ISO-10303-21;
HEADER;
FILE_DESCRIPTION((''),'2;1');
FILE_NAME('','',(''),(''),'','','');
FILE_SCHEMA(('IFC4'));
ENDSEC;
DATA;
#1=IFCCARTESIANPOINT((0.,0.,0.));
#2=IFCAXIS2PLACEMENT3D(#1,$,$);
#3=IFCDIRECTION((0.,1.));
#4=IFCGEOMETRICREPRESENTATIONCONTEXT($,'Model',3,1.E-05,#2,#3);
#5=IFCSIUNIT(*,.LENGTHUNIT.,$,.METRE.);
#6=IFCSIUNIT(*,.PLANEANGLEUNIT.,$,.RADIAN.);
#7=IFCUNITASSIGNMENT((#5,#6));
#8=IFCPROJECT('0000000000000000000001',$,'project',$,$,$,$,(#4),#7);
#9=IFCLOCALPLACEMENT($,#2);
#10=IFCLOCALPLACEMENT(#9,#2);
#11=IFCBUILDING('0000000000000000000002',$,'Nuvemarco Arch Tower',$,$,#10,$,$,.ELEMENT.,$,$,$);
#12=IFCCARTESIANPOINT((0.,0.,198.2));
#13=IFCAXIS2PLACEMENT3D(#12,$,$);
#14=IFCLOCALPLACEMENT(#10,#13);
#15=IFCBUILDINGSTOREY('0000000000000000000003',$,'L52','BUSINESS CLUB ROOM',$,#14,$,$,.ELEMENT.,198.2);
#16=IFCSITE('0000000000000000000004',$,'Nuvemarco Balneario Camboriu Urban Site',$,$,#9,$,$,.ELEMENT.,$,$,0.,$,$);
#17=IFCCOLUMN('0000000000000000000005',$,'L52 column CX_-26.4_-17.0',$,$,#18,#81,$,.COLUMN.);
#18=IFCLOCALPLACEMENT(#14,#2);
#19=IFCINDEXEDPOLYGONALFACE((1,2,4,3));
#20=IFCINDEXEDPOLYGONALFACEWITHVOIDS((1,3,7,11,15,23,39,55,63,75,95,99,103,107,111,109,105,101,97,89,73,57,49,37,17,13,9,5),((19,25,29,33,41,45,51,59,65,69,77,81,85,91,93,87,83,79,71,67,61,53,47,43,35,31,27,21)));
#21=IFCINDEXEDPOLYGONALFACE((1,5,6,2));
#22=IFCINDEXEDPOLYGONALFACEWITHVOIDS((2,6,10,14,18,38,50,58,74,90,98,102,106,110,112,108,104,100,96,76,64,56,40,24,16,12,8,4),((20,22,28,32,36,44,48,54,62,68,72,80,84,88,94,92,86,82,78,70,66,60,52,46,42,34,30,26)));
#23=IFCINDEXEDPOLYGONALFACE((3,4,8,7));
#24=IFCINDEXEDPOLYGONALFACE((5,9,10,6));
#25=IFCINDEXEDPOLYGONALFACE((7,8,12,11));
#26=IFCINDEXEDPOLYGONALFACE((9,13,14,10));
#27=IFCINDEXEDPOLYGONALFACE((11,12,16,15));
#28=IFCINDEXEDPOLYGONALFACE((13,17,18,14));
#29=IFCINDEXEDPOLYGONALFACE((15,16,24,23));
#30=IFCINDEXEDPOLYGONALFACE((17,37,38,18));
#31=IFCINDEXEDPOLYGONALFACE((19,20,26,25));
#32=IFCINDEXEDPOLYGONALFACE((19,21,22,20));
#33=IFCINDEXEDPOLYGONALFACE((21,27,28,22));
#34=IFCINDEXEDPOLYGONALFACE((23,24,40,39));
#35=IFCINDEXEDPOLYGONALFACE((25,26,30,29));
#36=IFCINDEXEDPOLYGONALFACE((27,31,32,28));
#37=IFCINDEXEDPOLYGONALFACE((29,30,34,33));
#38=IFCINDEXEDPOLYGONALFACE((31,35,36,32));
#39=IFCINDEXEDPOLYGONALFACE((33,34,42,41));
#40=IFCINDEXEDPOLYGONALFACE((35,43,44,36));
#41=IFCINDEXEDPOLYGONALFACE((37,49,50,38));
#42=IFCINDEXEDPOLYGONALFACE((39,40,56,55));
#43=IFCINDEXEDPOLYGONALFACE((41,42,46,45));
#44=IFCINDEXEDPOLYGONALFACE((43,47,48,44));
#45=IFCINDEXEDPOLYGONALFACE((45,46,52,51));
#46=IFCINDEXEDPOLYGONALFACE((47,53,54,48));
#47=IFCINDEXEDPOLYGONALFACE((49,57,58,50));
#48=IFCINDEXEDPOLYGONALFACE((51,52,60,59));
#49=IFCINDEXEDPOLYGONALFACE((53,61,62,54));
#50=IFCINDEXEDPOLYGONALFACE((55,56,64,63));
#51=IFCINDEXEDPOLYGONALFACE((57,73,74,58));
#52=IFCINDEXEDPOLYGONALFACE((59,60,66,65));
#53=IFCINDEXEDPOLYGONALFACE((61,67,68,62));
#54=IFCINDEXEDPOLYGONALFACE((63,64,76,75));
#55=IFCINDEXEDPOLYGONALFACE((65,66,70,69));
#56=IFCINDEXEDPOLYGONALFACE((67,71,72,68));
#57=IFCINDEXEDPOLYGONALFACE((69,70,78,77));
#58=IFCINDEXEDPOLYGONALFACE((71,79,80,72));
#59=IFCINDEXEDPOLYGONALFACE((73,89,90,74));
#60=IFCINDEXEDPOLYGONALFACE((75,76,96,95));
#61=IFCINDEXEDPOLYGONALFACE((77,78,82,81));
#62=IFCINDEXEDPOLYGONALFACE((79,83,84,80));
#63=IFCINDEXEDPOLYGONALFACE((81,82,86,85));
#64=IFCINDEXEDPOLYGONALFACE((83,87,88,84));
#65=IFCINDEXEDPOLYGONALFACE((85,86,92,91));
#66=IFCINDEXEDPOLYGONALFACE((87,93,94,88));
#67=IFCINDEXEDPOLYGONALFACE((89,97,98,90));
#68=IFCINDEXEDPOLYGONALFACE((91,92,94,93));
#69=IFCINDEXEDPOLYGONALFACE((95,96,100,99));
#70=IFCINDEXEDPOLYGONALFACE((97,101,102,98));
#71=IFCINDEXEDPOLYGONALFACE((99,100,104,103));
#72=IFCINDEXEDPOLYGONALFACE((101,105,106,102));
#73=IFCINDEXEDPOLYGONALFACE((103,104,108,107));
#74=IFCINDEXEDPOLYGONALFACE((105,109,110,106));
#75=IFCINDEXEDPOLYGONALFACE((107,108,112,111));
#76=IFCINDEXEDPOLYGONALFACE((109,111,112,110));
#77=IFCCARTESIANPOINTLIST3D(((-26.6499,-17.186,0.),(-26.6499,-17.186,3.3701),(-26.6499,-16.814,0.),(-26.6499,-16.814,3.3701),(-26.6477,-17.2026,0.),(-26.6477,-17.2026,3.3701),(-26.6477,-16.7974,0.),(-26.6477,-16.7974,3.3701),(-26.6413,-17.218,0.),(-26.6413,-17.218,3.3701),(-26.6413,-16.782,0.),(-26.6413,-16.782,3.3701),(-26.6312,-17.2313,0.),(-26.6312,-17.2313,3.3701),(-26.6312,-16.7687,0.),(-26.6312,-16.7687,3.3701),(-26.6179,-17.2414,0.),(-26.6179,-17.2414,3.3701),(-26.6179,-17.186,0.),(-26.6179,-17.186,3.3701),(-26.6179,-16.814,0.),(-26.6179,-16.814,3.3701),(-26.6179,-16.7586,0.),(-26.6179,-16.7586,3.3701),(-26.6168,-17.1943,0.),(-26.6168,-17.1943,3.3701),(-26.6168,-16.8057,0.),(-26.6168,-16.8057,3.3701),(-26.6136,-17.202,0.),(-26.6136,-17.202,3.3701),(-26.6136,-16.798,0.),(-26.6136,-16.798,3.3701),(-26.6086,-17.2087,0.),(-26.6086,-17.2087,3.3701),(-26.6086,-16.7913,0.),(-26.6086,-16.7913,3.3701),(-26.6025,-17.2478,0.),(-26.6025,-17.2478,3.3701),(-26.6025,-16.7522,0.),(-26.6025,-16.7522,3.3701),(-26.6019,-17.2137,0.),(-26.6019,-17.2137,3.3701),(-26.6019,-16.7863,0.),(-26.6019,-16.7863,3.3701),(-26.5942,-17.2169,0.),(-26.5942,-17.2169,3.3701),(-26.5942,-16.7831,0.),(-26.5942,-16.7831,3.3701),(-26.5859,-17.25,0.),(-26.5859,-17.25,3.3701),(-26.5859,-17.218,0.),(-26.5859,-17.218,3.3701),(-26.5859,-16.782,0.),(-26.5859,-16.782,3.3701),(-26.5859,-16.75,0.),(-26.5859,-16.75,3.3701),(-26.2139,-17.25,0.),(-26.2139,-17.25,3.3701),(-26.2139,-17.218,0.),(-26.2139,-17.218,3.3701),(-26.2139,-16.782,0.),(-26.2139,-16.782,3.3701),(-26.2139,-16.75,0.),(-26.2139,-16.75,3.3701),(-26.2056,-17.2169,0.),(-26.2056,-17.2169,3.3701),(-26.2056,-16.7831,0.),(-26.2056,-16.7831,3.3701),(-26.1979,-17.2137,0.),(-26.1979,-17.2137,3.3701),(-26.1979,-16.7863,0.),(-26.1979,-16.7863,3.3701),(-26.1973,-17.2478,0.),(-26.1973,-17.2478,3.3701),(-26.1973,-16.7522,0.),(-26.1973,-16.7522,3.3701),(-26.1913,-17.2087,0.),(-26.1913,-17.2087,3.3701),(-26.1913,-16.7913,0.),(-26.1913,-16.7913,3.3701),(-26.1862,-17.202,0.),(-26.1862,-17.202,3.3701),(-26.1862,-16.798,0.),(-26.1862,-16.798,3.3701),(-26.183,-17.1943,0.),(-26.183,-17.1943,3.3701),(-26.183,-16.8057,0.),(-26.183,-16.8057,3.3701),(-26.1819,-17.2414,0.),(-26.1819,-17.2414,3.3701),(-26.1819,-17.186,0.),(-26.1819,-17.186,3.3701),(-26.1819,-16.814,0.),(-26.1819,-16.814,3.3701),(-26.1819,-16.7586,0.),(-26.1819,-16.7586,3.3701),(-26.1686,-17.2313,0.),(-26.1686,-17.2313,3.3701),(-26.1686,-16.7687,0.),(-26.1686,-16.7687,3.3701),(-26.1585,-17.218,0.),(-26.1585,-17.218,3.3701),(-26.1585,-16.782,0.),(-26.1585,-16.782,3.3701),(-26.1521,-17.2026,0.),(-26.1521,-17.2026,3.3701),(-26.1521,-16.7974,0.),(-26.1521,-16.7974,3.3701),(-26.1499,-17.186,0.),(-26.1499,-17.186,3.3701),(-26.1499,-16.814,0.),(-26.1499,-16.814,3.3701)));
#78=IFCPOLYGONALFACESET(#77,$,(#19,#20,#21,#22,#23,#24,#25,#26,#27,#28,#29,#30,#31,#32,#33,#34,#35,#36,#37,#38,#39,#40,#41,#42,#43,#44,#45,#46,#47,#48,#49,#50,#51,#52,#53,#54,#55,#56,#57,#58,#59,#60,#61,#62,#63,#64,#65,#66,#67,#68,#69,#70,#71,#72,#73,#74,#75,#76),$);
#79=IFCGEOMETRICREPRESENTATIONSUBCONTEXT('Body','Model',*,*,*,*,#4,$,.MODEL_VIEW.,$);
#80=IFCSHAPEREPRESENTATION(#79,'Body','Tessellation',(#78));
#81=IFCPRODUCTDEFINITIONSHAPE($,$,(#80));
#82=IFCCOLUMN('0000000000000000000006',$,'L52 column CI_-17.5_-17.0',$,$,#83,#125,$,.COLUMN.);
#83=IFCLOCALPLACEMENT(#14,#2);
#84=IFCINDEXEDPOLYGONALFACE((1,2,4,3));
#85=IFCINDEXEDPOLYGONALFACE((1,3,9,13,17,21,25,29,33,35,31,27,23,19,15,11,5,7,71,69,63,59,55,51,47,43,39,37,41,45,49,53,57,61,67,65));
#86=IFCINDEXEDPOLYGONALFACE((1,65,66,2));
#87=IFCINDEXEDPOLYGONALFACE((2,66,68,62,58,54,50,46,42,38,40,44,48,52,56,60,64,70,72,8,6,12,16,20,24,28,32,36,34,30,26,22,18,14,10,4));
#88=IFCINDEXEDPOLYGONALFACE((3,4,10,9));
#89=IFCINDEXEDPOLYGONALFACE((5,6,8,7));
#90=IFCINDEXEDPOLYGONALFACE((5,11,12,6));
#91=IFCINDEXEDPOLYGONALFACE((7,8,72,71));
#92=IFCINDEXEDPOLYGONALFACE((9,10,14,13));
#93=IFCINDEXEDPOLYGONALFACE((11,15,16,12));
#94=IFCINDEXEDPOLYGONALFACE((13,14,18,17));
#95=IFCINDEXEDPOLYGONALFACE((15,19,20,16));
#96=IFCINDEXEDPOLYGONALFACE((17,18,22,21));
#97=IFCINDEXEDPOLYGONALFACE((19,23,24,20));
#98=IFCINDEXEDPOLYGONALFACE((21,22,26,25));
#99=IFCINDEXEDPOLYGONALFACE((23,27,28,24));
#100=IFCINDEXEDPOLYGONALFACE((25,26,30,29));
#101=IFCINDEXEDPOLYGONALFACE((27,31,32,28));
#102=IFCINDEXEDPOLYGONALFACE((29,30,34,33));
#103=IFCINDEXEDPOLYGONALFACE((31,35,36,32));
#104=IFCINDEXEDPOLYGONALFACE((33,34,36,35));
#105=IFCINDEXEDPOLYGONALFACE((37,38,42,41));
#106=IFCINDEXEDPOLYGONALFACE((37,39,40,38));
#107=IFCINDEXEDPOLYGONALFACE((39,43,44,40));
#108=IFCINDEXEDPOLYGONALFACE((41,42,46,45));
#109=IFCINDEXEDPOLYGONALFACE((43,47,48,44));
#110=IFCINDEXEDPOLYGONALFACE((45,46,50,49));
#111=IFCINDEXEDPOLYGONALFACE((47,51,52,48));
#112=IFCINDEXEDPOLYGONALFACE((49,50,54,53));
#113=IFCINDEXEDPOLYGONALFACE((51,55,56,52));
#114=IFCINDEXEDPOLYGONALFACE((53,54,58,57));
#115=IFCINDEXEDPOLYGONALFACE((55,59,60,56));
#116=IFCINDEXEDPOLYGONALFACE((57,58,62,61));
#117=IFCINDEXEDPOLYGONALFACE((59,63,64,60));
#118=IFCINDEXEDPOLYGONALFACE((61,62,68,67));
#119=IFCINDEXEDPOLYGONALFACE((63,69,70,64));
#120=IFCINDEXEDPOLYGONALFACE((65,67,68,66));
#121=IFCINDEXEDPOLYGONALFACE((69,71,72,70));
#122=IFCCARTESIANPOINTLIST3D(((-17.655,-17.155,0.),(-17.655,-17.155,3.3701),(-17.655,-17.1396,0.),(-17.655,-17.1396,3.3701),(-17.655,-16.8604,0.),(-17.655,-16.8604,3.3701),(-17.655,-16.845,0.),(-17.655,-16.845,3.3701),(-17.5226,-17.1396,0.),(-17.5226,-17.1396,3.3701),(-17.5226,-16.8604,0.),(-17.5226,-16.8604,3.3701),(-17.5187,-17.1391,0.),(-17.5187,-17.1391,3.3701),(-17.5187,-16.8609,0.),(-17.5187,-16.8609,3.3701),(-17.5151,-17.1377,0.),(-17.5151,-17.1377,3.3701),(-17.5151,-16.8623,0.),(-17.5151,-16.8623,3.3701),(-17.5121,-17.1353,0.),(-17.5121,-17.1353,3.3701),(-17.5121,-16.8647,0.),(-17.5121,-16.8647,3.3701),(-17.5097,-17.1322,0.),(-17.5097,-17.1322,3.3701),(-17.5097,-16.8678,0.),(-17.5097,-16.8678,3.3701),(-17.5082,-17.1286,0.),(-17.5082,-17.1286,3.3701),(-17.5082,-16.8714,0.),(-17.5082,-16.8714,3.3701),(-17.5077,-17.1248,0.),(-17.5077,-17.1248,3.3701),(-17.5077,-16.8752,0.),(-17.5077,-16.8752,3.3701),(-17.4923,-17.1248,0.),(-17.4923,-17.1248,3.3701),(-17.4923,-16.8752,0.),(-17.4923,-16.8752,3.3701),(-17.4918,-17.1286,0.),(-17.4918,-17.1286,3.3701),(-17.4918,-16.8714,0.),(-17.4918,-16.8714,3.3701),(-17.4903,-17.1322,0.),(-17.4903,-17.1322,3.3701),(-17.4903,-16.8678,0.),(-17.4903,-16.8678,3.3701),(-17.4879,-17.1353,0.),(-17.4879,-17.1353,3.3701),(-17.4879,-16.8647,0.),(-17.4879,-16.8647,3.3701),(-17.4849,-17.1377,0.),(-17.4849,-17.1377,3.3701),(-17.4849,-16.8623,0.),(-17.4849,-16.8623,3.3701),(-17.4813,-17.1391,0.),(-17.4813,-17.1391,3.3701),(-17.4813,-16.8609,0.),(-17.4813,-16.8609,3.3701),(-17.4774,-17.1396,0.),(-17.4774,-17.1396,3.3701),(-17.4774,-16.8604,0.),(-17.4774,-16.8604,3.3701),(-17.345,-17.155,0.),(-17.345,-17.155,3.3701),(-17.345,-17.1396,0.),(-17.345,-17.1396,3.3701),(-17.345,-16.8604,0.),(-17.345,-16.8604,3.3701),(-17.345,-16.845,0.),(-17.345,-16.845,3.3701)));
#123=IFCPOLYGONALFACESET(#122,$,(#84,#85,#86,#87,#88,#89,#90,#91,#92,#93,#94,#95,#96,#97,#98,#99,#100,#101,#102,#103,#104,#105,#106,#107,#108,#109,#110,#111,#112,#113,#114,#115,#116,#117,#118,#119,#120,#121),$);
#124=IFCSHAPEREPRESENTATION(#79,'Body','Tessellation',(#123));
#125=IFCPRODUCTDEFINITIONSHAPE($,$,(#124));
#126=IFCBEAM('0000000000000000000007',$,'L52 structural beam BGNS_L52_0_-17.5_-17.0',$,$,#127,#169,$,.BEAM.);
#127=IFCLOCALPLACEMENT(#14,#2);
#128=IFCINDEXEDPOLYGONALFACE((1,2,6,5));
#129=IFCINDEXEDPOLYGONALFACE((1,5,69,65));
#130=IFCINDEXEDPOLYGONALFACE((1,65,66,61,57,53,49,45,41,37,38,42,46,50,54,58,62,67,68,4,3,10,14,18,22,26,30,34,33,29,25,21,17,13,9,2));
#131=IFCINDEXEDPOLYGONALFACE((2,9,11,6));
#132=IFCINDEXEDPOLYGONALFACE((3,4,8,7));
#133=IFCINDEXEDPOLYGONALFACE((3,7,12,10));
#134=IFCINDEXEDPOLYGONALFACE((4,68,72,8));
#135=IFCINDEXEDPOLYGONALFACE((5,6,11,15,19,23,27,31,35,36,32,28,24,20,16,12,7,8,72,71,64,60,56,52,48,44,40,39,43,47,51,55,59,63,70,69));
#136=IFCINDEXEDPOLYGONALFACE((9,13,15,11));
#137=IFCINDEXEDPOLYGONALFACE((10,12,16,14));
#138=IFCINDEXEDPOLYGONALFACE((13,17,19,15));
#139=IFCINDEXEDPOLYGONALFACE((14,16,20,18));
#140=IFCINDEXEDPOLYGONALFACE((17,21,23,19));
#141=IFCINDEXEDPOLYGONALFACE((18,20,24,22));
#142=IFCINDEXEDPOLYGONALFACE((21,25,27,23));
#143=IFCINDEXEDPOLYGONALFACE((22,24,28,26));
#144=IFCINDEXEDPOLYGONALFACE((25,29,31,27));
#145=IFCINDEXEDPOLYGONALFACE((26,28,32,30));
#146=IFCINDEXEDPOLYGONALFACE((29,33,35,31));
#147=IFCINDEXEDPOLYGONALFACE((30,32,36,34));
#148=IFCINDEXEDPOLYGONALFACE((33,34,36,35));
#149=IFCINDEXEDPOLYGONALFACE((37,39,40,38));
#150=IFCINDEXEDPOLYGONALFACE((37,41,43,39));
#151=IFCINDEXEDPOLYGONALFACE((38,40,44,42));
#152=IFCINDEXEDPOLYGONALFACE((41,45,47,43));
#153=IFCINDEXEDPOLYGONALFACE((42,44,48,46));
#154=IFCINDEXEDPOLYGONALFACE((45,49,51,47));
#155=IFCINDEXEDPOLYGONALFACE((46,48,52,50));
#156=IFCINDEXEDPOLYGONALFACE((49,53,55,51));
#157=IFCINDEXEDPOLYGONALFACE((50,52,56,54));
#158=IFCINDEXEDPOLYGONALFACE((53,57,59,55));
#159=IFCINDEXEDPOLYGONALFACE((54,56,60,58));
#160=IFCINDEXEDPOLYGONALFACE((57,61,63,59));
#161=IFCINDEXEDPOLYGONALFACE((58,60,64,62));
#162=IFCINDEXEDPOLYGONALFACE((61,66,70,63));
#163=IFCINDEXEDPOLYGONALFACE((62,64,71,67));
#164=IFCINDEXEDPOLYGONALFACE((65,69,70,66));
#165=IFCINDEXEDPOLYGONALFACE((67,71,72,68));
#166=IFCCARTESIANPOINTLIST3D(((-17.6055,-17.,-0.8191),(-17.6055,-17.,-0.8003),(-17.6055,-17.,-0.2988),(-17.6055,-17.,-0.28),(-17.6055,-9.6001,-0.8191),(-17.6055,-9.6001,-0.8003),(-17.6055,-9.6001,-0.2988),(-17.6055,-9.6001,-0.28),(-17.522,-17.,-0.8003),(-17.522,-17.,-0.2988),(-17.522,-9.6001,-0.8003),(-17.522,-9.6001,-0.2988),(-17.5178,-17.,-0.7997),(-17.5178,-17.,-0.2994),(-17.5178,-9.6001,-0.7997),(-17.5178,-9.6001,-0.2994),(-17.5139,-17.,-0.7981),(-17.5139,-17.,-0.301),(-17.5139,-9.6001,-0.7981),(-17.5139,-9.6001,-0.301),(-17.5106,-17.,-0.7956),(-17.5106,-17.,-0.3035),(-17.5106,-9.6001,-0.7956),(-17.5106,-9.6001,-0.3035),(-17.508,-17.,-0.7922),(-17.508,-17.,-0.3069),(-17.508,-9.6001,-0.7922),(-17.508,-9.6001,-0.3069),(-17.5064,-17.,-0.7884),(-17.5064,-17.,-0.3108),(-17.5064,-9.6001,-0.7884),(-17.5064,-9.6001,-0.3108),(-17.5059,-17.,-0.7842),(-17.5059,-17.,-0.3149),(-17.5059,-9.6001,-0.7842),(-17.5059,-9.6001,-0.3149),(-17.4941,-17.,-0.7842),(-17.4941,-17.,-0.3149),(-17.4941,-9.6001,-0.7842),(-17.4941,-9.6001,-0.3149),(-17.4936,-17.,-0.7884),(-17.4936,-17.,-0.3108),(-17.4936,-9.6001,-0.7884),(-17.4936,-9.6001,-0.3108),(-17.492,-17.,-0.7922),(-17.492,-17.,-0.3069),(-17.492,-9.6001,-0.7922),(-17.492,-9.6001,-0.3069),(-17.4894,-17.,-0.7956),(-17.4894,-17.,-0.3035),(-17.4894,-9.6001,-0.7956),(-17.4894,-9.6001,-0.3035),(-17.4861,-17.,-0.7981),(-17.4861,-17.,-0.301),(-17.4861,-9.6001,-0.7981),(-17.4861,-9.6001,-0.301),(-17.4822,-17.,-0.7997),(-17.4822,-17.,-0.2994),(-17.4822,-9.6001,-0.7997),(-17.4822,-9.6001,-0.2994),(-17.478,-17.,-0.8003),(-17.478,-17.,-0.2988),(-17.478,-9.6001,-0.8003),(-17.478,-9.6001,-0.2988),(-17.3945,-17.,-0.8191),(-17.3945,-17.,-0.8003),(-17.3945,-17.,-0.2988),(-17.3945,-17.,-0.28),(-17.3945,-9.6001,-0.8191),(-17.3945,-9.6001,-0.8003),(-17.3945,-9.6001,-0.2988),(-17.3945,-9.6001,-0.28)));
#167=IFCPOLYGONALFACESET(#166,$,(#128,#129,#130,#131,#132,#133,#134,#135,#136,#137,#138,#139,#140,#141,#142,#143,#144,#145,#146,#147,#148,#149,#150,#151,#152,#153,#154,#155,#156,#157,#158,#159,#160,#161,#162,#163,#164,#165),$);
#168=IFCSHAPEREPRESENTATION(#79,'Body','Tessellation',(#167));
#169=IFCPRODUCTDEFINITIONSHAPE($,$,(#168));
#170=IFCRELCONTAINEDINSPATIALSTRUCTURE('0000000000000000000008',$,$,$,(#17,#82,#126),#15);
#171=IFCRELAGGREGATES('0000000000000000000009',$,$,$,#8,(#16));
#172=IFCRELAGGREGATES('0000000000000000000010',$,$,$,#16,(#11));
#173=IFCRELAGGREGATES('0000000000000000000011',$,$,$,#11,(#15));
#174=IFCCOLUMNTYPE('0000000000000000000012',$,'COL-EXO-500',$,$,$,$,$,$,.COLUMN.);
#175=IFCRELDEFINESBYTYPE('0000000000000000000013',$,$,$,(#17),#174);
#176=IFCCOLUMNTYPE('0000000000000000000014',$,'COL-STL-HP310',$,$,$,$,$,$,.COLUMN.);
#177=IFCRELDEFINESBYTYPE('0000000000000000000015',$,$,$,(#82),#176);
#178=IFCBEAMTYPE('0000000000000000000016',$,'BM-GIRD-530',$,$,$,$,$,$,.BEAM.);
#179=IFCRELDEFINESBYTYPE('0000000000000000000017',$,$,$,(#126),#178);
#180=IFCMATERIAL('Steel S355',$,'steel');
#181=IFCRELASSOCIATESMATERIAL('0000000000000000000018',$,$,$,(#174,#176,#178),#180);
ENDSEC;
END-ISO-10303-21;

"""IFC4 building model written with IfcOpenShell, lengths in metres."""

from ifc_helpers import new_model, si_unit, direction, frame, origin, origin_2d, place, context, subcontext, project, spatial, hollow_rectangle, i_section, extrude, material, material_profile, profile_set, type_object, element, save


model = new_model("IFC4")

# Units and contexts
model_context = context("Model", 3, precision=1e-05, world=origin(), true_north=direction((0.0, 1.0)))
body_context = subcontext(model_context, "Body", "Model", "MODEL_VIEW")
ifc_project = project(units=[si_unit("LENGTHUNIT", "METRE"), si_unit("PLANEANGLEUNIT", "RADIAN")], contexts=[model_context])

# Site, building, storey
site_placement = place(None, origin())
site = spatial("IfcSite", under=ifc_project, at=site_placement, Name="Nuvemarco Balneario Camboriu Urban Site", CompositionType="ELEMENT", RefElevation=0.0)
building_placement = place(site_placement, origin())
building = spatial("IfcBuilding", under=site, at=building_placement, Name="Nuvemarco Arch Tower", CompositionType="ELEMENT")
storey_placement = place(building_placement, frame((0.0, 0.0, 198.2)))
storey = spatial("IfcBuildingStorey", under=building, at=storey_placement, Name="L52", Description="BUSINESS CLUB ROOM", CompositionType="ELEMENT", Elevation=198.2)

# Columns
ifc_material_1 = material(Name="Steel S355", Category="steel")
ifc_material_profile_1 = material_profile(ifc_material_1, hollow_rectangle(XDim=0.5, YDim=0.5, WallThickness=0.032, InnerFilletRadius=0.032, OuterFilletRadius=0.064, at=origin_2d()), Name="SHS500x500x32")
ifc_profile_set_1 = profile_set([ifc_material_profile_1], Name="Steel S355")
column_type_1 = type_object("IfcColumnType", Name="COL-EXO-500", PredefinedType="COLUMN", material=ifc_profile_set_1)
column_1_placement = place(storey_placement, frame((-26.3999, -17.0, 0.0), z_axis=(0.0, 0.0, 1.0), x_axis=(1.0, 0.0, 0.0)))
element("IfcColumn", 1, at=column_1_placement, inside=storey, type_object=column_type_1, Name="L52 column CX_-26.4_-17.0", PredefinedType="COLUMN", context=body_context, shape_type="SweptSolid", body=[
    extrude(hollow_rectangle(XDim=0.5, YDim=0.5, WallThickness=0.032, InnerFilletRadius=0.032, OuterFilletRadius=0.064, at=origin_2d()), origin(), (0.0, 0.0, 1.0), 3.3701),
])
ifc_material_profile_2 = material_profile(ifc_material_1, i_section(OverallWidth=0.3101, OverallDepth=0.3101, WebThickness=0.0154, FlangeThickness=0.0154, FilletRadius=0.0149, at=origin_2d()), Name="HP310x110")
ifc_profile_set_2 = profile_set([ifc_material_profile_2], Name="Steel S355")
column_type_2 = type_object("IfcColumnType", Name="COL-STL-HP310", PredefinedType="COLUMN", material=ifc_profile_set_2)
column_2_placement = place(storey_placement, frame((-17.5, -17.0, 0.0), z_axis=(0.0, 0.0, 1.0), x_axis=(1.0, 0.0, 0.0)))
element("IfcColumn", 2, at=column_2_placement, inside=storey, type_object=column_type_2, Name="L52 column CI_-17.5_-17.0", PredefinedType="COLUMN", context=body_context, shape_type="SweptSolid", body=[
    extrude(i_section(OverallWidth=0.3101, OverallDepth=0.3101, WebThickness=0.0154, FlangeThickness=0.0154, FilletRadius=0.0149, at=origin_2d()), origin(), (0.0, 0.0, 1.0), 3.3701),
])

# Beam
ifc_material_profile_3 = material_profile(ifc_material_1, i_section(OverallWidth=0.2109, OverallDepth=0.5391, WebThickness=0.0117, FlangeThickness=0.0188, FilletRadius=0.0161, at=origin_2d()), Name="W530x109")
ifc_profile_set_3 = profile_set([ifc_material_profile_3], Name="Steel S355")
beam_type_1 = type_object("IfcBeamType", Name="BM-GIRD-530", PredefinedType="BEAM", material=ifc_profile_set_3)
beam_1_placement = place(storey_placement, frame((-17.5, -17.0, -0.5496), z_axis=(0.0, 1.0, 0.0), x_axis=(-1.0, 0.0, 0.0)))
element("IfcBeam", 3, at=beam_1_placement, inside=storey, type_object=beam_type_1, Name="L52 structural beam BGNS_L52_0_-17.5_-17.0", PredefinedType="BEAM", context=body_context, shape_type="SweptSolid", body=[
    extrude(i_section(OverallWidth=0.2109, OverallDepth=0.5391, WebThickness=0.0117, FlangeThickness=0.0188, FilletRadius=0.0161, at=origin_2d()), origin(), (0.0, 0.0, 1.0), 7.3999),
])

save(model, "model.ifc")
